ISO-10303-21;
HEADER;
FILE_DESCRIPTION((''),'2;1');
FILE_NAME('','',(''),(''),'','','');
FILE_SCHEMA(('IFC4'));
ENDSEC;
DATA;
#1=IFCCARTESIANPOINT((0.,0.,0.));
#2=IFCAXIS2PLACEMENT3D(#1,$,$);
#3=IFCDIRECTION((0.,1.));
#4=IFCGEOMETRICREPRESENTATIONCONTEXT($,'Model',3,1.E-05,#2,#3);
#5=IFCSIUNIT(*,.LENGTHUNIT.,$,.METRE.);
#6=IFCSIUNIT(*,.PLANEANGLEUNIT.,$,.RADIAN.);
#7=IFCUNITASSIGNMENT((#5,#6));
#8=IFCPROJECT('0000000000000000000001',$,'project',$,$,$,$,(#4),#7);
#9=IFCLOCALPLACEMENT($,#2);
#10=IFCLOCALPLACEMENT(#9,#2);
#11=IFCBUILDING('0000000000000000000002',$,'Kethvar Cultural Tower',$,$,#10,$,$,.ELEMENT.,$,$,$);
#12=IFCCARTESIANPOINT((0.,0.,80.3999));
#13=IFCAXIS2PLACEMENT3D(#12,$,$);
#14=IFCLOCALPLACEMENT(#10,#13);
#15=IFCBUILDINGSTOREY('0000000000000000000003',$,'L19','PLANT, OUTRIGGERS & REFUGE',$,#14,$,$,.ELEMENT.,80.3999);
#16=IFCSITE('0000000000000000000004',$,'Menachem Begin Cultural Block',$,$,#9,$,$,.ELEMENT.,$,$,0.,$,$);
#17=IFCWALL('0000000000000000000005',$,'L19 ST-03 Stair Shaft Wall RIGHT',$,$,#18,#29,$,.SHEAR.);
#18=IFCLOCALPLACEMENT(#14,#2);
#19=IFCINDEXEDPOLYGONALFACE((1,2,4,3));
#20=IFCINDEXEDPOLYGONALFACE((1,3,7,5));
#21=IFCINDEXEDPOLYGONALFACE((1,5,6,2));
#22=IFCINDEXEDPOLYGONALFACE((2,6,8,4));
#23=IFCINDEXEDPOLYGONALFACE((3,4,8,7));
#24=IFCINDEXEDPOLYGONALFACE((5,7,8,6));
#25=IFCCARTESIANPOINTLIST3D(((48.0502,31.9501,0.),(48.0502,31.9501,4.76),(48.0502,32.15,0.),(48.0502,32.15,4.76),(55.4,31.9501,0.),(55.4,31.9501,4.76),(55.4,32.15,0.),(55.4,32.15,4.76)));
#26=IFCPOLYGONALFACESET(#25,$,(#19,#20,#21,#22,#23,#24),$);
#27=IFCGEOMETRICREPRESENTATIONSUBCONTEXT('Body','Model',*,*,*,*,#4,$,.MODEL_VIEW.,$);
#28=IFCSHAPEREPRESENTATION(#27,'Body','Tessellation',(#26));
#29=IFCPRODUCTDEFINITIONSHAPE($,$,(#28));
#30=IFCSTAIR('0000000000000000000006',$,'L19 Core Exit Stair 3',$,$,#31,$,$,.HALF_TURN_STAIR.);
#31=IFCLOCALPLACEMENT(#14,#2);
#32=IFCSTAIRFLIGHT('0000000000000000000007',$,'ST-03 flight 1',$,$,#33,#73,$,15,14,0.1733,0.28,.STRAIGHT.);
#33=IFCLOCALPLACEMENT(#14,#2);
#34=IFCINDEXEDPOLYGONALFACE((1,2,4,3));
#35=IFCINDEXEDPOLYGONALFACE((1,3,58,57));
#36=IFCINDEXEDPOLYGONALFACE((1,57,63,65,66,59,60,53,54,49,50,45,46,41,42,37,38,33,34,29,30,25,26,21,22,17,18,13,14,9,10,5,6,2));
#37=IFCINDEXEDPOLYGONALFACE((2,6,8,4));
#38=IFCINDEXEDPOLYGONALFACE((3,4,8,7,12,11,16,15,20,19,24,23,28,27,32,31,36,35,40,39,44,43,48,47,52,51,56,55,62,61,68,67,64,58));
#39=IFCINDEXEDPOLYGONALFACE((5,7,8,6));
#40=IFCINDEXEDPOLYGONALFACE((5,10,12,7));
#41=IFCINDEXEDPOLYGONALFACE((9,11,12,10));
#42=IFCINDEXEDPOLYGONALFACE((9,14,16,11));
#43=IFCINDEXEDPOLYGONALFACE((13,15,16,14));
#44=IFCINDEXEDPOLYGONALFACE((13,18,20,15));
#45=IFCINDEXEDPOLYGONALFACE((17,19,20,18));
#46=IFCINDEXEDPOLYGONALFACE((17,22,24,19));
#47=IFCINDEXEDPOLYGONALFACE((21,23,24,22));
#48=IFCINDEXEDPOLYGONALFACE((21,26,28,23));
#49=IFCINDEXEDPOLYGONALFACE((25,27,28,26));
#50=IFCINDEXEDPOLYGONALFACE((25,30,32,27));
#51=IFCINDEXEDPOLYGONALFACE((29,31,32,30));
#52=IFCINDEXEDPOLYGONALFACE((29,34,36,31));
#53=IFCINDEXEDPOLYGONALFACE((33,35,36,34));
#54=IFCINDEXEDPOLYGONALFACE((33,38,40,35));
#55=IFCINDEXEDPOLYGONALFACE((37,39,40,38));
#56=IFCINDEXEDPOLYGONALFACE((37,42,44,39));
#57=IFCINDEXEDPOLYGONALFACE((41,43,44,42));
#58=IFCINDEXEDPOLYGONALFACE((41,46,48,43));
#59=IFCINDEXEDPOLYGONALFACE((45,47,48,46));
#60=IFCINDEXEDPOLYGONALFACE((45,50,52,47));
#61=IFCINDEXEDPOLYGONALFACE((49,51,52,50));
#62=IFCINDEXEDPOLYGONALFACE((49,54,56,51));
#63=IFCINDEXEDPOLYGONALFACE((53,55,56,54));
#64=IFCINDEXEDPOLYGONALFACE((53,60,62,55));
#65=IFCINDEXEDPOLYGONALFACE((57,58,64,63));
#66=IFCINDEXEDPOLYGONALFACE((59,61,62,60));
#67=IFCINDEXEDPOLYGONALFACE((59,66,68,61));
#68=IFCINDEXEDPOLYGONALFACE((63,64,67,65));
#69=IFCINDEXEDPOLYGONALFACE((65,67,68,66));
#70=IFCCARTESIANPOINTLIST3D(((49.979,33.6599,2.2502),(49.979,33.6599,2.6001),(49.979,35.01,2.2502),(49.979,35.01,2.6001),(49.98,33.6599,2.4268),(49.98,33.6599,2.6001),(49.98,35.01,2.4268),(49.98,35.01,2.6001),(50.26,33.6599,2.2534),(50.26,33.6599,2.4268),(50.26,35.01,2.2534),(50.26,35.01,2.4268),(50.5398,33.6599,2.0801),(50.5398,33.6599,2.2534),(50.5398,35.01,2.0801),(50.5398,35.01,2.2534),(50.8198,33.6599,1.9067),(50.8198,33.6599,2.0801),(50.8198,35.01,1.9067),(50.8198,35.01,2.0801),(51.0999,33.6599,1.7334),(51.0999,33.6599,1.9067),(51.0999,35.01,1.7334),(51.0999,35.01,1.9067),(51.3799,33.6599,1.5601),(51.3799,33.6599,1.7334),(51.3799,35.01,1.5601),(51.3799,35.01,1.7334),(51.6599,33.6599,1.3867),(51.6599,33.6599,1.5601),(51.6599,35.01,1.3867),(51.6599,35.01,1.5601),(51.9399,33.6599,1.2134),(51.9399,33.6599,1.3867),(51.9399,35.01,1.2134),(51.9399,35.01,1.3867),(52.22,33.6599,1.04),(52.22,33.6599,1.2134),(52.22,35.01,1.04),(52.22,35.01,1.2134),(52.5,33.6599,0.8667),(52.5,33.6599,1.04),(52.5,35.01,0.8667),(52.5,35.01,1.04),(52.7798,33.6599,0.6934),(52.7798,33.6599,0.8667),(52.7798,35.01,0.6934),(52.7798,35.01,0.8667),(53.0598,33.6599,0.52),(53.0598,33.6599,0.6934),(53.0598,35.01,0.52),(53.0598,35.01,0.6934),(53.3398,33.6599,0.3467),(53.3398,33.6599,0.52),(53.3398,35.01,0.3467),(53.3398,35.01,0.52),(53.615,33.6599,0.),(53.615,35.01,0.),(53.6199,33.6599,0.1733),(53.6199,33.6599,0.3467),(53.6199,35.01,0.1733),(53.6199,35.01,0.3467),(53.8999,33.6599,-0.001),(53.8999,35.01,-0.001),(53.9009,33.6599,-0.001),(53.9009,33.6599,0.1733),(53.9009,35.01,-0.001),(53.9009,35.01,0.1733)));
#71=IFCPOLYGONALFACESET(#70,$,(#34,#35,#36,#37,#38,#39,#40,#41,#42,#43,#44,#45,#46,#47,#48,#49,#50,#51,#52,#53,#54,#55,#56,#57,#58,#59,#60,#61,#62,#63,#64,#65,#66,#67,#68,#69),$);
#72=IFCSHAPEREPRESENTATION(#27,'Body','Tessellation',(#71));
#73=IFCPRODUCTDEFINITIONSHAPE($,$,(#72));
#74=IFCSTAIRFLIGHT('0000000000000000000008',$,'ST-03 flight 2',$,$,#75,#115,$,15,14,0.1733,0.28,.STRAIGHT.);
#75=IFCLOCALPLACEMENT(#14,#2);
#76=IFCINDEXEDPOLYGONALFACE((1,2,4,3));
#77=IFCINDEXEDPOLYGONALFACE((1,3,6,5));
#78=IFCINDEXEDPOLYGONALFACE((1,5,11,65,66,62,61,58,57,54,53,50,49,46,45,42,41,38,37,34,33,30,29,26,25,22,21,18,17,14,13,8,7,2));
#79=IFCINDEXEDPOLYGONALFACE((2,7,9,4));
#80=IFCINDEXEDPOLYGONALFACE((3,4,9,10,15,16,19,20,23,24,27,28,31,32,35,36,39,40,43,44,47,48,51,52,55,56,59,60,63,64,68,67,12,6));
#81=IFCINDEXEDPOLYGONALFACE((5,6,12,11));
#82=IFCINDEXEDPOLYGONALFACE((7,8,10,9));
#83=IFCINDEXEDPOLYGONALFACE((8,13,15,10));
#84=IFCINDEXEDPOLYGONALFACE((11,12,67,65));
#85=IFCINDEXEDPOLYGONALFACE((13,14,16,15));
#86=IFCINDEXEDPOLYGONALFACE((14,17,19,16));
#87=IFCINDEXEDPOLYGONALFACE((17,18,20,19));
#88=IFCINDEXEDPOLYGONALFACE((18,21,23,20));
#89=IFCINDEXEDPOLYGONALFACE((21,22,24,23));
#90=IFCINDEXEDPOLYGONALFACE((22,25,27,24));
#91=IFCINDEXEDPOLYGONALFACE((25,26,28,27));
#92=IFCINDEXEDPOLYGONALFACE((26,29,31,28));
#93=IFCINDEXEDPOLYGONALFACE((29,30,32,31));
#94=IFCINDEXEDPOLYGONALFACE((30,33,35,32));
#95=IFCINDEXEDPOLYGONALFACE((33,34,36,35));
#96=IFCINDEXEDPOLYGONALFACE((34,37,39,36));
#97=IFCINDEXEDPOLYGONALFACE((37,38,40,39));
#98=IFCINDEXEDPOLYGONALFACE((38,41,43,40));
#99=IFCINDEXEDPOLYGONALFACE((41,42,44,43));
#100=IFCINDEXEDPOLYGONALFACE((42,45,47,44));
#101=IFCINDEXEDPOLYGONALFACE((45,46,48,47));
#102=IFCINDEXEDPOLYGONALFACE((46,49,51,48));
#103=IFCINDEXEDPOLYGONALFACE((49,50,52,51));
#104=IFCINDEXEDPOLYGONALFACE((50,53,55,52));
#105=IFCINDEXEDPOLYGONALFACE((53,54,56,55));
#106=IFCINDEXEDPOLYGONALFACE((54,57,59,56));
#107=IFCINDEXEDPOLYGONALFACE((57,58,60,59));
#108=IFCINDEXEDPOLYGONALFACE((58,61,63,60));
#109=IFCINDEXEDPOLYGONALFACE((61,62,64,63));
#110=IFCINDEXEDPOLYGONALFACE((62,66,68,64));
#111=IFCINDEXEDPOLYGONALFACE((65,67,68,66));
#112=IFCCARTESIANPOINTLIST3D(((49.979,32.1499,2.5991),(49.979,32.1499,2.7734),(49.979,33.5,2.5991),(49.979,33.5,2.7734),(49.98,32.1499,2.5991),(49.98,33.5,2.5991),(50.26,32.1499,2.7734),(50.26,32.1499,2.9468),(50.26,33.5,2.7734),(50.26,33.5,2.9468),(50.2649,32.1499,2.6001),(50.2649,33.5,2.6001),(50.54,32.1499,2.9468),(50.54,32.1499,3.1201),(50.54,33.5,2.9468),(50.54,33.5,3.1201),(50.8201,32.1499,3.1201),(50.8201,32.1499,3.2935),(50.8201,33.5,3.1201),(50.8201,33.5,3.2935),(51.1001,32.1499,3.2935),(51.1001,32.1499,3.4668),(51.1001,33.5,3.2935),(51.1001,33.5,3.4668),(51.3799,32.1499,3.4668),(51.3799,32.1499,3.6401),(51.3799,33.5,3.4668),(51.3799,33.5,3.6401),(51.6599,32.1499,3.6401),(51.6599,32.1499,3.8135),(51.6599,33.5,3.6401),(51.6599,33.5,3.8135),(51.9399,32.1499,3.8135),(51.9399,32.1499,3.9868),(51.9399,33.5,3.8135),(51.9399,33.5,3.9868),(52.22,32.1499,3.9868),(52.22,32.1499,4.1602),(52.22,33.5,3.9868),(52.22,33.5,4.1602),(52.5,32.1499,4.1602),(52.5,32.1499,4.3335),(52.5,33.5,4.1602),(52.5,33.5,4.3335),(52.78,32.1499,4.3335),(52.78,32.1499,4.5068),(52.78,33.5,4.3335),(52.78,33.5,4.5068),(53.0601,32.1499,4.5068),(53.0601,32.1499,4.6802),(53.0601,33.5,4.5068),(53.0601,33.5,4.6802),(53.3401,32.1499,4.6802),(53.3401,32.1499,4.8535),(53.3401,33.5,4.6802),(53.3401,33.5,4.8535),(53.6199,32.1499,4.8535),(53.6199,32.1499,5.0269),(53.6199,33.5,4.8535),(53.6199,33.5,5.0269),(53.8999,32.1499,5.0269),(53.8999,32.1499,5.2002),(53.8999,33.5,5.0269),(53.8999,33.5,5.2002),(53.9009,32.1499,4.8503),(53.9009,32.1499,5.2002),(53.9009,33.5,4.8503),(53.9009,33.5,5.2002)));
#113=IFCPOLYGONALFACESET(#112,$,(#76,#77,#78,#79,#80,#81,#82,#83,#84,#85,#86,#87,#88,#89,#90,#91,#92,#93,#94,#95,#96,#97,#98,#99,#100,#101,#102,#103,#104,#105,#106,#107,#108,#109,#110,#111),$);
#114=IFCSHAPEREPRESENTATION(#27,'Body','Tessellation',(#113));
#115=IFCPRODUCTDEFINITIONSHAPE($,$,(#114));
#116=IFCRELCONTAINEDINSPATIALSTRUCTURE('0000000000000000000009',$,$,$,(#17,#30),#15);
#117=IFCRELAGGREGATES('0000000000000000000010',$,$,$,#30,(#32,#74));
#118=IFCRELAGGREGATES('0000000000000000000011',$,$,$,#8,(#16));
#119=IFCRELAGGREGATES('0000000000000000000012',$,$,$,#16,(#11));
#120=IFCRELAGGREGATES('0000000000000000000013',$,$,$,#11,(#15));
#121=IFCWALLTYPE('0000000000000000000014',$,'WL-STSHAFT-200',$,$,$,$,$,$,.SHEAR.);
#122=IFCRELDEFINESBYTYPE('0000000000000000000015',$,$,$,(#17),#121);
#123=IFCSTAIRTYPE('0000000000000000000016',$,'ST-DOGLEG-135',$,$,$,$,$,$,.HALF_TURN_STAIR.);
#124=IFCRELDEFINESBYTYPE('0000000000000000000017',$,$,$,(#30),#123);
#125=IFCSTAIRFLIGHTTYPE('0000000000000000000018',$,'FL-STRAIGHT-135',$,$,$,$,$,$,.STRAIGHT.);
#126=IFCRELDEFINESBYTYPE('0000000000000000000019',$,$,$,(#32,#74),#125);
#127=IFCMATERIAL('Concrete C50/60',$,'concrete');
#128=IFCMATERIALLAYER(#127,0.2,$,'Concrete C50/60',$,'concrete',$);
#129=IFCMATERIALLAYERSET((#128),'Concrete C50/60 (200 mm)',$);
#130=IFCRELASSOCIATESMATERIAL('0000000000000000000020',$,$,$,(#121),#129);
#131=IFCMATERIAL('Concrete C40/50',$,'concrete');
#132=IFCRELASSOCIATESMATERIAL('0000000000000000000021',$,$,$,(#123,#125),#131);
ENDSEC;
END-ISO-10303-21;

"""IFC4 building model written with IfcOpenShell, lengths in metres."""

from ifc_helpers import new_model, si_unit, direction, frame, frame_2d, origin, place, context, subcontext, project, spatial, polyline, rectangle, outline, extrude, material, layer, layer_set, type_object, element, aggregate, save


model = new_model("IFC4")

# Units and contexts
model_context = context("Model", 3, precision=1e-05, world=origin(), true_north=direction((0.0, 1.0)))
body_context = subcontext(model_context, "Body", "Model", "MODEL_VIEW")
ifc_project = project(units=[si_unit("LENGTHUNIT", "METRE"), si_unit("PLANEANGLEUNIT", "RADIAN")], contexts=[model_context])

# Site, building, storey
site_placement = place(None, origin())
site = spatial("IfcSite", under=ifc_project, at=site_placement, Name="Menachem Begin Cultural Block", CompositionType="ELEMENT", RefElevation=0.0)
building_placement = place(site_placement, origin())
building = spatial("IfcBuilding", under=site, at=building_placement, Name="Kethvar Cultural Tower", CompositionType="ELEMENT")
storey_placement = place(building_placement, frame((0.0, 0.0, 80.3999)))
storey = spatial("IfcBuildingStorey", under=building, at=storey_placement, Name="L19", Description="PLANT, OUTRIGGERS & REFUGE", CompositionType="ELEMENT", Elevation=80.3999)

# Wall
ifc_material_1 = material(Name="Concrete C40/50", Category="concrete")
ifc_material_2 = material(Name="Concrete C50/60", Category="concrete")
ifc_layer_1 = layer(ifc_material_2, 0.2, Name="Concrete C50/60", Category="concrete")
ifc_layer_set_1 = layer_set([ifc_layer_1], Name="Concrete C50/60 (200 mm)")
wall_type_1 = type_object("IfcWallType", Name="WL-STSHAFT-200", PredefinedType="SHEAR", material=ifc_layer_set_1)
wall_1_placement = place(storey_placement, frame((55.3999, 32.05, 0.0), z_axis=(0.0, 0.0, 1.0), x_axis=(-1.0, 0.0, 0.0)))
element("IfcWall", 1, at=wall_1_placement, inside=storey, type_object=wall_type_1, Name="L19 ST-03 Stair Shaft Wall RIGHT", PredefinedType="SHEAR", context=body_context, shape_type="SweptSolid", body=[
    extrude(rectangle(XDim=7.3499, YDim=0.2, at=frame_2d((3.6748, 0.0))), origin(), (0.0, 0.0, 1.0), 4.76),
])

# Stair, stair flights
stair_type = type_object("IfcStairType", Name="ST-DOGLEG-135", PredefinedType="HALF_TURN_STAIR", material=ifc_material_1)
stair_placement = place(storey_placement, origin())
stair = element("IfcStair", 2, at=stair_placement, inside=storey, type_object=stair_type, Name="L19 Core Exit Stair 3", PredefinedType="HALF_TURN_STAIR")
stair_flight_type = type_object("IfcStairFlightType", Name="FL-STRAIGHT-135", PredefinedType="STRAIGHT", material=ifc_material_1)
stair_flight_1_placement = place(storey_placement, frame((53.8999, 34.335, 0.0), z_axis=(0.0, 0.0, 1.0), x_axis=(-1.0, 0.0, 0.0)))
stair_flight_1 = element("IfcStairFlight", 3, at=stair_flight_1_placement, type_object=stair_flight_type, Name="ST-03 flight 1", NumberOfRisers=15, NumberOfTreads=14, PredefinedType="STRAIGHT", RiserHeight=0.1733, TreadLength=0.28, context=body_context, shape_type="SweptSolid", body=[
    extrude(outline(polyline([(-0.001, -0.001), (-0.001, 0.1733), (0.28, 0.1733), (0.28, 0.3467), (0.5601, 0.3467), (0.5601, 0.52), (0.8401, 0.52), (0.8401, 0.6934), (1.1201, 0.6934), (1.1201, 0.8667), (1.3999, 0.8667), (1.3999, 1.04), (1.6799, 1.04), (1.6799, 1.2134), (1.96, 1.2134), (1.96, 1.3867), (2.24, 1.3867), (2.24, 1.5601), (2.52, 1.5601), (2.52, 1.7334), (2.8, 1.7334), (2.8, 1.9067), (3.0801, 1.9067), (3.0801, 2.0801), (3.3601, 2.0801), (3.3601, 2.2534), (3.6399, 2.2534), (3.6399, 2.4268), (3.9199, 2.4268), (3.9199, 2.6001), (3.9209, 2.6001), (3.9209, 2.2502), (0.2849, 0.0), (0.0, -0.001), (-0.001, -0.001)])), frame((0.0, 0.675, 0.0), z_axis=(0.0, -1.0, 0.0), x_axis=(1.0, 0.0, 0.0)), (0.0, 0.0, 1.0), 1.3501),
])
stair_flight_2_placement = place(storey_placement, frame((49.98, 32.825, 2.6001), z_axis=(0.0, 0.0, 1.0), x_axis=(1.0, 0.0, 0.0)))
stair_flight_2 = element("IfcStairFlight", 4, at=stair_flight_2_placement, type_object=stair_flight_type, Name="ST-03 flight 2", NumberOfRisers=15, NumberOfTreads=14, PredefinedType="STRAIGHT", RiserHeight=0.1733, TreadLength=0.28, context=body_context, shape_type="SweptSolid", body=[
    extrude(outline(polyline([(-0.001, -0.001), (-0.001, 0.1733), (0.28, 0.1733), (0.28, 0.3467), (0.5601, 0.3467), (0.5601, 0.52), (0.8401, 0.52), (0.8401, 0.6934), (1.1201, 0.6934), (1.1201, 0.8667), (1.3999, 0.8667), (1.3999, 1.04), (1.6799, 1.04), (1.6799, 1.2134), (1.96, 1.2134), (1.96, 1.3867), (2.24, 1.3867), (2.24, 1.5601), (2.52, 1.5601), (2.52, 1.7334), (2.8, 1.7334), (2.8, 1.9067), (3.0801, 1.9067), (3.0801, 2.0801), (3.3601, 2.0801), (3.3601, 2.2534), (3.6399, 2.2534), (3.6399, 2.4268), (3.9199, 2.4268), (3.9199, 2.6001), (3.9209, 2.6001), (3.9209, 2.2502), (0.2849, 0.0), (0.0, -0.001), (-0.001, -0.001)])), frame((0.0, 0.675, 0.0), z_axis=(0.0, -1.0, 0.0), x_axis=(1.0, 0.0, 0.0)), (0.0, 0.0, 1.0), 1.3501),
])
aggregate(stair, [stair_flight_1, stair_flight_2])

save(model, "model.ifc")
